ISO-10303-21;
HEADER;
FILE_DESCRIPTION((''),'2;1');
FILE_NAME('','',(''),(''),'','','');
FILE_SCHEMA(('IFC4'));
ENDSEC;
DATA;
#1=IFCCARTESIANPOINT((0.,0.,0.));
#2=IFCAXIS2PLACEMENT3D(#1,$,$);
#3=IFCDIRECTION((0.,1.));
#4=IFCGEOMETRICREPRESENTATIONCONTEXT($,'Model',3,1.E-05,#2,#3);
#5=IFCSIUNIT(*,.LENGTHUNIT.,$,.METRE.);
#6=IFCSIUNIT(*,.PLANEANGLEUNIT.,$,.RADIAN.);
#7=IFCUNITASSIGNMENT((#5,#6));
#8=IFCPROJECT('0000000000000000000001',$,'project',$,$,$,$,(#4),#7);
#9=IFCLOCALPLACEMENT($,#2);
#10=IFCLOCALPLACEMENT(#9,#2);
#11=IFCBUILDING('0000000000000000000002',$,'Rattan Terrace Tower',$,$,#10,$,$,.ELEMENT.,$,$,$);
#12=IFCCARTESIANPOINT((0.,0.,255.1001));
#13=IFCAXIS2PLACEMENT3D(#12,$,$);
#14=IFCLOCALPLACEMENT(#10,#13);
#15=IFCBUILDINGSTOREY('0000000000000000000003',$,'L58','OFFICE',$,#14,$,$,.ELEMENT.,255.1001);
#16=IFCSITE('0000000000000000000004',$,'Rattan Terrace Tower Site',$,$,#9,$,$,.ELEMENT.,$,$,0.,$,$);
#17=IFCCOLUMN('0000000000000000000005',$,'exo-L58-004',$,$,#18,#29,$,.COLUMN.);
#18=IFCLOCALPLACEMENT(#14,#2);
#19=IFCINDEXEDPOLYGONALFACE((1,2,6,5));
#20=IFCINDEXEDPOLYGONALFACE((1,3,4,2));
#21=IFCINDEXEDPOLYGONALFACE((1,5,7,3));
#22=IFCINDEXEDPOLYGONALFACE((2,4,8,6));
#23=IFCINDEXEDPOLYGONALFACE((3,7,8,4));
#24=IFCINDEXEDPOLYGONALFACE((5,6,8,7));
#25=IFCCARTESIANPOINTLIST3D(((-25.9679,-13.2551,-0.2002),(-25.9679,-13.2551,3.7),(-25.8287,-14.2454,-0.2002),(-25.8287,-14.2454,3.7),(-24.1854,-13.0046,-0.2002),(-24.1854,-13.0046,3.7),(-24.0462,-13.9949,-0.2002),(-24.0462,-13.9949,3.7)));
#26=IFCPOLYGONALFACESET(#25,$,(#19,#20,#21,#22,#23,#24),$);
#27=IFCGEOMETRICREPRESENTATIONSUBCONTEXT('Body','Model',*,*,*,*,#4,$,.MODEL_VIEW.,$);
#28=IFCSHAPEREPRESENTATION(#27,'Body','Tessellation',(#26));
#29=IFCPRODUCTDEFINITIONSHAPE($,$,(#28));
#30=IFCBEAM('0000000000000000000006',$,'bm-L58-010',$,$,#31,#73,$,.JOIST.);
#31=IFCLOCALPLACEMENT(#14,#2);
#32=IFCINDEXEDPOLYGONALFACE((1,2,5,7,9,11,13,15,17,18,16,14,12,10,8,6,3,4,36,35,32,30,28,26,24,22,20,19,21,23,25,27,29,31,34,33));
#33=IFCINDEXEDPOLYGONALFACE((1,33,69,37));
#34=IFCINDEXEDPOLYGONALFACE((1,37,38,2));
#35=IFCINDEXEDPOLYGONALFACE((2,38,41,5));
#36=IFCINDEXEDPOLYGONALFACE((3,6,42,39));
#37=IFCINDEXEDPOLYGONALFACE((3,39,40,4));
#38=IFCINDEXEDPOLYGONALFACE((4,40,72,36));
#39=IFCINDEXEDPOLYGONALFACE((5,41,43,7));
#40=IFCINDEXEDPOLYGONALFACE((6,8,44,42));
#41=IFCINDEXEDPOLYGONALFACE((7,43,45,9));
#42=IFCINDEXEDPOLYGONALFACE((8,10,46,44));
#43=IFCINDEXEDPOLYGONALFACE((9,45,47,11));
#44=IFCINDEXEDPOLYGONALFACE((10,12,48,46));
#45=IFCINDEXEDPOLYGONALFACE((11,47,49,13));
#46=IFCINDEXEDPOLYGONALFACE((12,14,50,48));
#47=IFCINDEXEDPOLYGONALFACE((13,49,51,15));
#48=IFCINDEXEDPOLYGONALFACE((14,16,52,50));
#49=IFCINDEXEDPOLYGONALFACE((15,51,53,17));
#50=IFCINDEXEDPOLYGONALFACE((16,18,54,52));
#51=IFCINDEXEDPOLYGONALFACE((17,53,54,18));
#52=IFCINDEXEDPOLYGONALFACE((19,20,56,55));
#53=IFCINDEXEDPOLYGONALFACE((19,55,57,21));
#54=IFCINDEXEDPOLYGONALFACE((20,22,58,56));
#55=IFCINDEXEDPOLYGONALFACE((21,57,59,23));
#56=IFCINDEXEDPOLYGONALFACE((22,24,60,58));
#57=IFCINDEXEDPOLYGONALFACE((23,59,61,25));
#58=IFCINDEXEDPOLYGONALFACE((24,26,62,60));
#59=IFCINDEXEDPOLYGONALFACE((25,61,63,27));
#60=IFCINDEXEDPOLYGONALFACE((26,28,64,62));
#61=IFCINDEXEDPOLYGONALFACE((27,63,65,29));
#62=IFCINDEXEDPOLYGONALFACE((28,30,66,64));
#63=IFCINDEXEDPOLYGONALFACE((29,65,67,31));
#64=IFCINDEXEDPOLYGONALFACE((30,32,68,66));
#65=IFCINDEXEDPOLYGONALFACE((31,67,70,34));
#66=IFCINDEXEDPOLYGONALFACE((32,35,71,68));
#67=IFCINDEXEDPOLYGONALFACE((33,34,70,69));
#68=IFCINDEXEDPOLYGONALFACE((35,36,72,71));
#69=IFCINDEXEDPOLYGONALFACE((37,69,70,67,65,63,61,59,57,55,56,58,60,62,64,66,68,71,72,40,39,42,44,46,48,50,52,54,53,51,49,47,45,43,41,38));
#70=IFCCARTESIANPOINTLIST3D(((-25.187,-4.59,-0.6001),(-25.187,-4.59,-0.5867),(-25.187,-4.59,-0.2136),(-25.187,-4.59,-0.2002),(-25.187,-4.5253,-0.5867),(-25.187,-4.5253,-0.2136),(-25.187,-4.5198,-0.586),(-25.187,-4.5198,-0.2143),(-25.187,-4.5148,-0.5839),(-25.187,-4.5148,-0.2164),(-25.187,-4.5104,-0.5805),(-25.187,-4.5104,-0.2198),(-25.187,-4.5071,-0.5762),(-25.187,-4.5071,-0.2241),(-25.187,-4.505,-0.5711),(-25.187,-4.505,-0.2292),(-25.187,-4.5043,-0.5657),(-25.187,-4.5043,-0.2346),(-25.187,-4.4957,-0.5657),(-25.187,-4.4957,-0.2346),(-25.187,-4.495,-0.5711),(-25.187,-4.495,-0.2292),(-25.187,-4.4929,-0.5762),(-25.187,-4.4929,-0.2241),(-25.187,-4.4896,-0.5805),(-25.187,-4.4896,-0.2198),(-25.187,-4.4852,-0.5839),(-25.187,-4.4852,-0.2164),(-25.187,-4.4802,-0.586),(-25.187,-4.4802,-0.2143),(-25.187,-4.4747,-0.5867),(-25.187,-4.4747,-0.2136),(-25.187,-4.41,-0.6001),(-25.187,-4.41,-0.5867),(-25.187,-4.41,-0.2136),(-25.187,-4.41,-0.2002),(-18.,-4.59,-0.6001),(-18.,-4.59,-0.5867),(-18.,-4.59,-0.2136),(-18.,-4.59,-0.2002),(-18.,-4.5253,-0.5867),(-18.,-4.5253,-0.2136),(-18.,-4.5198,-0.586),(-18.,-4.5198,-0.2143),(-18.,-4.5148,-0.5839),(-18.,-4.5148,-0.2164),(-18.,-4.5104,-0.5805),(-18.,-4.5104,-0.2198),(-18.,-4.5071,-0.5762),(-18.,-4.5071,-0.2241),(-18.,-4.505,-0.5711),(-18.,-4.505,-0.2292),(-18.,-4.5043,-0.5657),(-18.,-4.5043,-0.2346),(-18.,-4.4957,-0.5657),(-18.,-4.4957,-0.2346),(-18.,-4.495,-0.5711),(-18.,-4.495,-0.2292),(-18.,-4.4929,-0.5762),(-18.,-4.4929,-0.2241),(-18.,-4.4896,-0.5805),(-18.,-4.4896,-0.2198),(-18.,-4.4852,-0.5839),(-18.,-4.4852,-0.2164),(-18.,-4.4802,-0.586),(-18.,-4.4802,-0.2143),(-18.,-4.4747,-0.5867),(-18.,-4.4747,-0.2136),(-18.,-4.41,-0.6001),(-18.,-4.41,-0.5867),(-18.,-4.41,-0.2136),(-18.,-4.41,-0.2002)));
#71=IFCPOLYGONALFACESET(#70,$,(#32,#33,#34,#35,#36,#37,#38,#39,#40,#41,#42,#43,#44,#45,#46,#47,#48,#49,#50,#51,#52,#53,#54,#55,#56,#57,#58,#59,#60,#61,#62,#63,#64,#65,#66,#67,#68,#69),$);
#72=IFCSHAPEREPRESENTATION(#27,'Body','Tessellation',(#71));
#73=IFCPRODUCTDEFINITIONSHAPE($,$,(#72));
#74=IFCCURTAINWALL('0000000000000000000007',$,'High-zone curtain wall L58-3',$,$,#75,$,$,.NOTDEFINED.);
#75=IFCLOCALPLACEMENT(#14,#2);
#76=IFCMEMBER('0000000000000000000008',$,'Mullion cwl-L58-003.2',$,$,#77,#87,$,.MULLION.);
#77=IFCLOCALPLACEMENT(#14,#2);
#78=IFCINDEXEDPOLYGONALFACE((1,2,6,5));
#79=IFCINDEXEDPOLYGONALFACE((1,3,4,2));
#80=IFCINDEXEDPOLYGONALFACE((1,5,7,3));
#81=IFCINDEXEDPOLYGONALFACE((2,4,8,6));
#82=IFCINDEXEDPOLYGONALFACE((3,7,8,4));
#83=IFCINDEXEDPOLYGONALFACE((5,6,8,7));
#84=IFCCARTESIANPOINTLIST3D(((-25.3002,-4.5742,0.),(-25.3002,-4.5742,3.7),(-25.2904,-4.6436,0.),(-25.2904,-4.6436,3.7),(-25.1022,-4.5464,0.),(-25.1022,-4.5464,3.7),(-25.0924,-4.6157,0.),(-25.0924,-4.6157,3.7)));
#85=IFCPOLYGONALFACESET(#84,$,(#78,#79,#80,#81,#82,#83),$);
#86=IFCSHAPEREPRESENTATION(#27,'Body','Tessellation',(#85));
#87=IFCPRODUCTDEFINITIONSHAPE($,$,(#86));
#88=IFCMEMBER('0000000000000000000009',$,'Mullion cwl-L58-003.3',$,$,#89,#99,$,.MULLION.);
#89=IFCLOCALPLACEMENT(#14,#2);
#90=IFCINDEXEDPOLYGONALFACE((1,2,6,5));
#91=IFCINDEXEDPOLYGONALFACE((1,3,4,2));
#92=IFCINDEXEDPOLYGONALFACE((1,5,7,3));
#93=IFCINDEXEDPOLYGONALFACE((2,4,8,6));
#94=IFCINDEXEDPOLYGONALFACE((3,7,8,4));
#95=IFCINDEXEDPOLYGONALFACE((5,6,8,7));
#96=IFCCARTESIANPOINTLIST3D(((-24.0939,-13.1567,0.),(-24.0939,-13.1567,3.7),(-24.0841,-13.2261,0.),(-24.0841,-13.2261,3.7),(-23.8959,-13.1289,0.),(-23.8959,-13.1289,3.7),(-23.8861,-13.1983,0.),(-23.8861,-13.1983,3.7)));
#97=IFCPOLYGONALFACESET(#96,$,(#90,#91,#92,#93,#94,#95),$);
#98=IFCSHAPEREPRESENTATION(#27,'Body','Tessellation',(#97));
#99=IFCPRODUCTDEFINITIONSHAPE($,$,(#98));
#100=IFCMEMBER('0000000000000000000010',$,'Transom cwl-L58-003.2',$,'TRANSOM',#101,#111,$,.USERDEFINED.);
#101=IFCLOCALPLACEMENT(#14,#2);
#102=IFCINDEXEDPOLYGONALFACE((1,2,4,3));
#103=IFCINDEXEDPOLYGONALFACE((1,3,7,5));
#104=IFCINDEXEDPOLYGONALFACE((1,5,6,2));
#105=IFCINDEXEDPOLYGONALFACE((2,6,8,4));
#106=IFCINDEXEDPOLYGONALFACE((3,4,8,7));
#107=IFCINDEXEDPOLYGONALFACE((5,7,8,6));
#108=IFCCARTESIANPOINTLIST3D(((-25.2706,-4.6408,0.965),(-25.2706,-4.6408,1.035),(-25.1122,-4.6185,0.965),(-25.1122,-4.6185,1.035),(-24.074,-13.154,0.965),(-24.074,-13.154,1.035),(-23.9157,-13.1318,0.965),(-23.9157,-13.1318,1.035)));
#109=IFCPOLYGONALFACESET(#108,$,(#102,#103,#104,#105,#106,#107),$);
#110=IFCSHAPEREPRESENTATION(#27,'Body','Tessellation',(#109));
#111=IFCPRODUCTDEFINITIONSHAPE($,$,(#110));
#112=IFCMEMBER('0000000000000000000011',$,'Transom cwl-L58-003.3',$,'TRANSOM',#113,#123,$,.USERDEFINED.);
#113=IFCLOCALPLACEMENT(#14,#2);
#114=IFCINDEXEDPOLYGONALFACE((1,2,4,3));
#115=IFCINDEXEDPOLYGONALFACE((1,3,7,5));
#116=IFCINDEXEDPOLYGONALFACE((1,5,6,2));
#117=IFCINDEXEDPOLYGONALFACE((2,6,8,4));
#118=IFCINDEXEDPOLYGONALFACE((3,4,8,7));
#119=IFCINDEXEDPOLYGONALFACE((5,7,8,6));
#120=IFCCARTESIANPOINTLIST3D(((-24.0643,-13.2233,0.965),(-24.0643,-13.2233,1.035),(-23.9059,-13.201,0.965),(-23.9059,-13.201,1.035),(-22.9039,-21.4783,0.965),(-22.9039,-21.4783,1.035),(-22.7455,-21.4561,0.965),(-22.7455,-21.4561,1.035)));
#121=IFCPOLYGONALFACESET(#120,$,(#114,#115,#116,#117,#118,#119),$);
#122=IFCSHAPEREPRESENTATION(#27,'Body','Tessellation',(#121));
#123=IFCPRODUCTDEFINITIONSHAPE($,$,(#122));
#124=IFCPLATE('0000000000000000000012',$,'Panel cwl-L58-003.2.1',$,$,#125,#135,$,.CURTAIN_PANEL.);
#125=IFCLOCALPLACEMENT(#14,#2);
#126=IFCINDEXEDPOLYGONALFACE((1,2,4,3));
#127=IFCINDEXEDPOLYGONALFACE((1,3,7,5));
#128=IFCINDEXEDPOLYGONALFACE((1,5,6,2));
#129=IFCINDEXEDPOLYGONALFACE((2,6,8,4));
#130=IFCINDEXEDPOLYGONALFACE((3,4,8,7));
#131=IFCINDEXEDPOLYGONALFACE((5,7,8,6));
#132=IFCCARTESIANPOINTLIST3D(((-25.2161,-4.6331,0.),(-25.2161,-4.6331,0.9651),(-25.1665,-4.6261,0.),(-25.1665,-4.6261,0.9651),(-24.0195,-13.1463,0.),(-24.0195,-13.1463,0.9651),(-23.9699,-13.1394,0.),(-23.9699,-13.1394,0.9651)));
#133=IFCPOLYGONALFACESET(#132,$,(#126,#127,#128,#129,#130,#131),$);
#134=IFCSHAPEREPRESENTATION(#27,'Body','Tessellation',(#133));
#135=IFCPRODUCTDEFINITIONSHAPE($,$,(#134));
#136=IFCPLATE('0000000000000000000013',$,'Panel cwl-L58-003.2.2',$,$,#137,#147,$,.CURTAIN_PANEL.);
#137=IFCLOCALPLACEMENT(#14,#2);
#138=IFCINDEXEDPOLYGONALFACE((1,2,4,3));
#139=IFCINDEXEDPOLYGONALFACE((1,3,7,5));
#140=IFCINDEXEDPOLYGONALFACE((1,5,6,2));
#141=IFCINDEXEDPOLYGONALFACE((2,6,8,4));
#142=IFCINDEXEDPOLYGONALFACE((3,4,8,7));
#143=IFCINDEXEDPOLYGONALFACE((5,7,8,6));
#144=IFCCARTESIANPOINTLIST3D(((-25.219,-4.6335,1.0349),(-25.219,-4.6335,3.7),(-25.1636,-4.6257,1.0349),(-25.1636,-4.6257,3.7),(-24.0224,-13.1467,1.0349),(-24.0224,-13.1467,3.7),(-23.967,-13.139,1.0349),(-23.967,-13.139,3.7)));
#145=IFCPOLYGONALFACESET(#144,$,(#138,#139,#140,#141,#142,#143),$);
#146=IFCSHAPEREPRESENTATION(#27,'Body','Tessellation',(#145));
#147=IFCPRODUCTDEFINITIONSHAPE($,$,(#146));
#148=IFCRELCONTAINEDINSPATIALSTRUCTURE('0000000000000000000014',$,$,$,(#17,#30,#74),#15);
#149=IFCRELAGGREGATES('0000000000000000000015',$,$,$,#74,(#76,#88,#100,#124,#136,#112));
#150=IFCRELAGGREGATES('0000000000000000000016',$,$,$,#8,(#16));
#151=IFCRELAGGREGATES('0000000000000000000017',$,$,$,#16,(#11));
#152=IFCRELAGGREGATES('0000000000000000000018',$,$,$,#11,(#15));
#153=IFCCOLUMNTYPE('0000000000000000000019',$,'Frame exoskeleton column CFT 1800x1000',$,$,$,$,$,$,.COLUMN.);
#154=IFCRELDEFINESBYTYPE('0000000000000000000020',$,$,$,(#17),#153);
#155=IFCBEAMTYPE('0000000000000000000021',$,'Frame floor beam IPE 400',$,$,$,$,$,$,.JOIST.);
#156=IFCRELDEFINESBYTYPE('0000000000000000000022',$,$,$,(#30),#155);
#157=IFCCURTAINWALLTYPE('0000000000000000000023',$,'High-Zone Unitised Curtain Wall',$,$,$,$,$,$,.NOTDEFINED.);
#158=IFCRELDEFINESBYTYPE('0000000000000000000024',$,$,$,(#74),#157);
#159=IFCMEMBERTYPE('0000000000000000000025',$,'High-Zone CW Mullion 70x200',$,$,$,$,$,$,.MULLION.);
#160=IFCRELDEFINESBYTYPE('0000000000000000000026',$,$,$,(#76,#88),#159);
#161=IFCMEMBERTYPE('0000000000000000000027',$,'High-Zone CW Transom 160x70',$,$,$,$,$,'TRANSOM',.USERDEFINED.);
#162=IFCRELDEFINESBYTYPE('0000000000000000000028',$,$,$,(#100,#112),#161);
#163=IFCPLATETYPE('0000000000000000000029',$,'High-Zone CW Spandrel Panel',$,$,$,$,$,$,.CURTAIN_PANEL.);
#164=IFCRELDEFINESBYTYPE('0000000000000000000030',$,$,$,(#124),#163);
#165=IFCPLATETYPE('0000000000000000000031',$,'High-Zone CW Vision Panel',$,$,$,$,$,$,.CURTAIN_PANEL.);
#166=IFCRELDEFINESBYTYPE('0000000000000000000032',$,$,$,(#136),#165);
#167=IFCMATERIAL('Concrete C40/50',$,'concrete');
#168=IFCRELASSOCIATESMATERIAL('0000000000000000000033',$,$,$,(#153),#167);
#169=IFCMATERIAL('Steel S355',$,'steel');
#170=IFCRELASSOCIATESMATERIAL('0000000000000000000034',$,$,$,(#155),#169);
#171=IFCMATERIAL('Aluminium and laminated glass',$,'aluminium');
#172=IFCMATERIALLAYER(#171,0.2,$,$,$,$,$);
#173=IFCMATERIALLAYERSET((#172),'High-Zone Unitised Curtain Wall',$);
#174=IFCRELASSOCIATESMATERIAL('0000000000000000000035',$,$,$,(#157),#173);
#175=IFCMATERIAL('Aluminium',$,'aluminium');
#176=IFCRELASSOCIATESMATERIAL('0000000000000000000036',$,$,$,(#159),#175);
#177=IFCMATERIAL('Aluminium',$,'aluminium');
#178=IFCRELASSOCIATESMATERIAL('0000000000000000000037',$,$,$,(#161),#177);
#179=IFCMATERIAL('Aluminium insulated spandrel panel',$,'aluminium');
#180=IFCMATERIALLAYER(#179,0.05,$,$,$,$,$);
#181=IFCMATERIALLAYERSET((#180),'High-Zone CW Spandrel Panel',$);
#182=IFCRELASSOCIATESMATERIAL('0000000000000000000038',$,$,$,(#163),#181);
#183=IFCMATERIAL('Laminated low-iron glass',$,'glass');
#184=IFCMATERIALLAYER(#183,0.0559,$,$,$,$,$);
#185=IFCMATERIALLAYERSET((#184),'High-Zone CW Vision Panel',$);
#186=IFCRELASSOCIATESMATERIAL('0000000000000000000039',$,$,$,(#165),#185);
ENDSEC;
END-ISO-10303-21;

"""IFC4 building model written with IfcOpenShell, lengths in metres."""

from ifc_helpers import new_model, si_unit, direction, frame, origin, origin_2d, place, context, subcontext, project, spatial, rectangle, i_section, extrude, material, layer, layer_set, material_profile, profile_set, type_object, element, aggregate, save


model = new_model("IFC4")

# Units and contexts
model_context = context("Model", 3, precision=1e-05, world=origin(), true_north=direction((0.0, 1.0)))
body_context = subcontext(model_context, "Body", "Model", "MODEL_VIEW")
ifc_project = project(units=[si_unit("LENGTHUNIT", "METRE"), si_unit("PLANEANGLEUNIT", "RADIAN")], contexts=[model_context])

# Site, building, storey
site_placement = place(None, origin())
site = spatial("IfcSite", under=ifc_project, at=site_placement, Name="Rattan Terrace Tower Site", CompositionType="ELEMENT", RefElevation=0.0)
building_placement = place(site_placement, origin())
building = spatial("IfcBuilding", under=site, at=building_placement, Name="Rattan Terrace Tower", CompositionType="ELEMENT")
storey_placement = place(building_placement, frame((0.0, 0.0, 255.1001)))
storey = spatial("IfcBuildingStorey", under=building, at=storey_placement, Name="L58", Description="OFFICE", CompositionType="ELEMENT", Elevation=255.1001)

# Column
ifc_material_1 = material(Name="Concrete C40/50", Category="concrete")
ifc_material_profile_1 = material_profile(ifc_material_1, rectangle(XDim=1.0, YDim=1.8, at=origin_2d()), Name="CFT 1800x1000")
ifc_profile_set_1 = profile_set([ifc_material_profile_1], Name="Concrete C40/50")
column_type = type_object("IfcColumnType", Name="Frame exoskeleton column CFT 1800x1000", PredefinedType="COLUMN", material=ifc_profile_set_1)
column_placement = place(storey_placement, frame((-25.0071, -13.625, -0.2002), z_axis=(0.0, 0.0, 1.0), x_axis=(-0.13919, 0.990266, 0.0)))
element("IfcColumn", 1, at=column_placement, inside=storey, type_object=column_type, Name="exo-L58-004", PredefinedType="COLUMN", context=body_context, shape_type="SweptSolid", body=[
    extrude(rectangle(XDim=1.0, YDim=1.8, at=origin_2d()), origin(), (0.0, 0.0, 1.0), 3.9001),
])

# Beam
ifc_material_2 = material(Name="Steel S355", Category="steel")
ifc_material_profile_2 = material_profile(ifc_material_2, i_section(OverallWidth=0.1799, OverallDepth=0.3999, WebThickness=0.0085, FlangeThickness=0.0134, FilletRadius=0.021, at=origin_2d()), Name="IPE 400")
ifc_profile_set_2 = profile_set([ifc_material_profile_2], Name="Steel S355")
beam_type = type_object("IfcBeamType", Name="Frame floor beam IPE 400", PredefinedType="JOIST", material=ifc_profile_set_2)
beam_placement = place(storey_placement, frame((-25.187, -4.5, -0.4001), z_axis=(1.0, 0.0, 0.0), x_axis=(0.0, 1.0, 0.0)))
element("IfcBeam", 2, at=beam_placement, inside=storey, type_object=beam_type, Name="bm-L58-010", PredefinedType="JOIST", context=body_context, shape_type="SweptSolid", body=[
    extrude(i_section(OverallWidth=0.1799, OverallDepth=0.3999, WebThickness=0.0085, FlangeThickness=0.0134, FilletRadius=0.021, at=origin_2d()), origin(), (0.0, 0.0, 1.0), 7.187),
])

# Curtain wall, members, plates
ifc_material_3 = material(Name="Aluminium and laminated glass", Category="aluminium")
ifc_layer_1 = layer(ifc_material_3, 0.2)
ifc_layer_set_1 = layer_set([ifc_layer_1], Name="High-Zone Unitised Curtain Wall")
curtain_wall_type = type_object("IfcCurtainWallType", Name="High-Zone Unitised Curtain Wall", PredefinedType="NOTDEFINED", material=ifc_layer_set_1)
curtain_wall_placement = place(storey_placement, origin())
curtain_wall = element("IfcCurtainWall", 3, at=curtain_wall_placement, inside=storey, type_object=curtain_wall_type, Name="High-zone curtain wall L58-3", PredefinedType="NOTDEFINED")
ifc_material_4 = material(Name="Aluminium", Category="aluminium")
ifc_material_profile_3 = material_profile(ifc_material_4, rectangle(XDim=0.0701, YDim=0.2, at=origin_2d()), Name="Aluminium 70x200")
ifc_profile_set_3 = profile_set([ifc_material_profile_3], Name="Aluminium")
member_type_1 = type_object("IfcMemberType", Name="High-Zone CW Mullion 70x200", PredefinedType="MULLION", material=ifc_profile_set_3)
member_1_placement = place(storey_placement, frame((-25.1963, -4.595, 0.0), z_axis=(0.0, 0.0, 1.0), x_axis=(0.139192, -0.990265, 0.0)))
member_1 = element("IfcMember", 4, at=member_1_placement, type_object=member_type_1, Name="Mullion cwl-L58-003.2", PredefinedType="MULLION", context=body_context, shape_type="SweptSolid", body=[
    extrude(rectangle(XDim=0.0701, YDim=0.2, at=origin_2d()), origin(), (0.0, 0.0, 1.0), 3.7),
])
member_2_placement = place(storey_placement, frame((-23.99, -13.1775, 0.0), z_axis=(0.0, 0.0, 1.0), x_axis=(0.139192, -0.990265, 0.0)))
member_2 = element("IfcMember", 5, at=member_2_placement, type_object=member_type_1, Name="Mullion cwl-L58-003.3", PredefinedType="MULLION", context=body_context, shape_type="SweptSolid", body=[
    extrude(rectangle(XDim=0.0701, YDim=0.2, at=origin_2d()), origin(), (0.0, 0.0, 1.0), 3.7),
])
ifc_material_5 = material(Name="Aluminium", Category="aluminium")
ifc_material_profile_4 = material_profile(ifc_material_5, rectangle(XDim=0.1599, YDim=0.0701, at=origin_2d()), Name="Aluminium 160x70")
ifc_profile_set_4 = profile_set([ifc_material_profile_4], Name="Aluminium")
member_type_2 = type_object("IfcMemberType", Name="High-Zone CW Transom 160x70", ElementType="TRANSOM", PredefinedType="USERDEFINED", material=ifc_profile_set_4)
member_3_placement = place(storey_placement, frame((-25.1914, -4.6296, 1.0), z_axis=(0.139183, -0.990267, 0.0), x_axis=(0.990267, 0.139183, 0.0)))
member_3 = element("IfcMember", 6, at=member_3_placement, type_object=member_type_2, Name="Transom cwl-L58-003.2", ObjectType="TRANSOM", PredefinedType="USERDEFINED", context=body_context, shape_type="SweptSolid", body=[
    extrude(rectangle(XDim=0.1599, YDim=0.0701, at=origin_2d()), origin(), (0.0, 0.0, 1.0), 8.5969),
])
member_4_placement = place(storey_placement, frame((-23.9851, -13.2122, 1.0), z_axis=(0.139199, -0.990264, 0.0), x_axis=(0.990264, 0.139199, 0.0)))
member_4 = element("IfcMember", 7, at=member_4_placement, type_object=member_type_2, Name="Transom cwl-L58-003.3", ObjectType="TRANSOM", PredefinedType="USERDEFINED", context=body_context, shape_type="SweptSolid", body=[
    extrude(rectangle(XDim=0.1599, YDim=0.0701, at=origin_2d()), origin(), (0.0, 0.0, 1.0), 8.3362),
])
ifc_material_6 = material(Name="Aluminium insulated spandrel panel", Category="aluminium")
ifc_layer_2 = layer(ifc_material_6, 0.05)
ifc_layer_set_2 = layer_set([ifc_layer_2], Name="High-Zone CW Spandrel Panel")
plate_type_1 = type_object("IfcPlateType", Name="High-Zone CW Spandrel Panel", PredefinedType="CURTAIN_PANEL", material=ifc_layer_set_2)
plate_1_placement = place(storey_placement, frame((-24.593, -8.8862, 0.0), z_axis=(0.0, 0.0, 1.0), x_axis=(0.139192, -0.990265, 0.0)))
plate_1 = element("IfcPlate", 8, at=plate_1_placement, type_object=plate_type_1, Name="Panel cwl-L58-003.2.1", PredefinedType="CURTAIN_PANEL", context=body_context, shape_type="SweptSolid", body=[
    extrude(rectangle(XDim=8.5969, YDim=0.05, at=origin_2d()), origin(), (0.0, 0.0, 1.0), 0.9651),
])
ifc_material_7 = material(Name="Laminated low-iron glass", Category="glass")
ifc_layer_3 = layer(ifc_material_7, 0.0559)
ifc_layer_set_3 = layer_set([ifc_layer_3], Name="High-Zone CW Vision Panel")
plate_type_2 = type_object("IfcPlateType", Name="High-Zone CW Vision Panel", PredefinedType="CURTAIN_PANEL", material=ifc_layer_set_3)
plate_2_placement = place(storey_placement, frame((-24.593, -8.8862, 1.0349), z_axis=(0.0, 0.0, 1.0), x_axis=(0.139192, -0.990265, 0.0)))
plate_2 = element("IfcPlate", 9, at=plate_2_placement, type_object=plate_type_2, Name="Panel cwl-L58-003.2.2", PredefinedType="CURTAIN_PANEL", context=body_context, shape_type="SweptSolid", body=[
    extrude(rectangle(XDim=8.5969, YDim=0.0559, at=origin_2d()), origin(), (0.0, 0.0, 1.0), 2.665),
])
aggregate(curtain_wall, [member_1, member_2, member_3, plate_1, plate_2, member_4])

save(model, "model.ifc")
